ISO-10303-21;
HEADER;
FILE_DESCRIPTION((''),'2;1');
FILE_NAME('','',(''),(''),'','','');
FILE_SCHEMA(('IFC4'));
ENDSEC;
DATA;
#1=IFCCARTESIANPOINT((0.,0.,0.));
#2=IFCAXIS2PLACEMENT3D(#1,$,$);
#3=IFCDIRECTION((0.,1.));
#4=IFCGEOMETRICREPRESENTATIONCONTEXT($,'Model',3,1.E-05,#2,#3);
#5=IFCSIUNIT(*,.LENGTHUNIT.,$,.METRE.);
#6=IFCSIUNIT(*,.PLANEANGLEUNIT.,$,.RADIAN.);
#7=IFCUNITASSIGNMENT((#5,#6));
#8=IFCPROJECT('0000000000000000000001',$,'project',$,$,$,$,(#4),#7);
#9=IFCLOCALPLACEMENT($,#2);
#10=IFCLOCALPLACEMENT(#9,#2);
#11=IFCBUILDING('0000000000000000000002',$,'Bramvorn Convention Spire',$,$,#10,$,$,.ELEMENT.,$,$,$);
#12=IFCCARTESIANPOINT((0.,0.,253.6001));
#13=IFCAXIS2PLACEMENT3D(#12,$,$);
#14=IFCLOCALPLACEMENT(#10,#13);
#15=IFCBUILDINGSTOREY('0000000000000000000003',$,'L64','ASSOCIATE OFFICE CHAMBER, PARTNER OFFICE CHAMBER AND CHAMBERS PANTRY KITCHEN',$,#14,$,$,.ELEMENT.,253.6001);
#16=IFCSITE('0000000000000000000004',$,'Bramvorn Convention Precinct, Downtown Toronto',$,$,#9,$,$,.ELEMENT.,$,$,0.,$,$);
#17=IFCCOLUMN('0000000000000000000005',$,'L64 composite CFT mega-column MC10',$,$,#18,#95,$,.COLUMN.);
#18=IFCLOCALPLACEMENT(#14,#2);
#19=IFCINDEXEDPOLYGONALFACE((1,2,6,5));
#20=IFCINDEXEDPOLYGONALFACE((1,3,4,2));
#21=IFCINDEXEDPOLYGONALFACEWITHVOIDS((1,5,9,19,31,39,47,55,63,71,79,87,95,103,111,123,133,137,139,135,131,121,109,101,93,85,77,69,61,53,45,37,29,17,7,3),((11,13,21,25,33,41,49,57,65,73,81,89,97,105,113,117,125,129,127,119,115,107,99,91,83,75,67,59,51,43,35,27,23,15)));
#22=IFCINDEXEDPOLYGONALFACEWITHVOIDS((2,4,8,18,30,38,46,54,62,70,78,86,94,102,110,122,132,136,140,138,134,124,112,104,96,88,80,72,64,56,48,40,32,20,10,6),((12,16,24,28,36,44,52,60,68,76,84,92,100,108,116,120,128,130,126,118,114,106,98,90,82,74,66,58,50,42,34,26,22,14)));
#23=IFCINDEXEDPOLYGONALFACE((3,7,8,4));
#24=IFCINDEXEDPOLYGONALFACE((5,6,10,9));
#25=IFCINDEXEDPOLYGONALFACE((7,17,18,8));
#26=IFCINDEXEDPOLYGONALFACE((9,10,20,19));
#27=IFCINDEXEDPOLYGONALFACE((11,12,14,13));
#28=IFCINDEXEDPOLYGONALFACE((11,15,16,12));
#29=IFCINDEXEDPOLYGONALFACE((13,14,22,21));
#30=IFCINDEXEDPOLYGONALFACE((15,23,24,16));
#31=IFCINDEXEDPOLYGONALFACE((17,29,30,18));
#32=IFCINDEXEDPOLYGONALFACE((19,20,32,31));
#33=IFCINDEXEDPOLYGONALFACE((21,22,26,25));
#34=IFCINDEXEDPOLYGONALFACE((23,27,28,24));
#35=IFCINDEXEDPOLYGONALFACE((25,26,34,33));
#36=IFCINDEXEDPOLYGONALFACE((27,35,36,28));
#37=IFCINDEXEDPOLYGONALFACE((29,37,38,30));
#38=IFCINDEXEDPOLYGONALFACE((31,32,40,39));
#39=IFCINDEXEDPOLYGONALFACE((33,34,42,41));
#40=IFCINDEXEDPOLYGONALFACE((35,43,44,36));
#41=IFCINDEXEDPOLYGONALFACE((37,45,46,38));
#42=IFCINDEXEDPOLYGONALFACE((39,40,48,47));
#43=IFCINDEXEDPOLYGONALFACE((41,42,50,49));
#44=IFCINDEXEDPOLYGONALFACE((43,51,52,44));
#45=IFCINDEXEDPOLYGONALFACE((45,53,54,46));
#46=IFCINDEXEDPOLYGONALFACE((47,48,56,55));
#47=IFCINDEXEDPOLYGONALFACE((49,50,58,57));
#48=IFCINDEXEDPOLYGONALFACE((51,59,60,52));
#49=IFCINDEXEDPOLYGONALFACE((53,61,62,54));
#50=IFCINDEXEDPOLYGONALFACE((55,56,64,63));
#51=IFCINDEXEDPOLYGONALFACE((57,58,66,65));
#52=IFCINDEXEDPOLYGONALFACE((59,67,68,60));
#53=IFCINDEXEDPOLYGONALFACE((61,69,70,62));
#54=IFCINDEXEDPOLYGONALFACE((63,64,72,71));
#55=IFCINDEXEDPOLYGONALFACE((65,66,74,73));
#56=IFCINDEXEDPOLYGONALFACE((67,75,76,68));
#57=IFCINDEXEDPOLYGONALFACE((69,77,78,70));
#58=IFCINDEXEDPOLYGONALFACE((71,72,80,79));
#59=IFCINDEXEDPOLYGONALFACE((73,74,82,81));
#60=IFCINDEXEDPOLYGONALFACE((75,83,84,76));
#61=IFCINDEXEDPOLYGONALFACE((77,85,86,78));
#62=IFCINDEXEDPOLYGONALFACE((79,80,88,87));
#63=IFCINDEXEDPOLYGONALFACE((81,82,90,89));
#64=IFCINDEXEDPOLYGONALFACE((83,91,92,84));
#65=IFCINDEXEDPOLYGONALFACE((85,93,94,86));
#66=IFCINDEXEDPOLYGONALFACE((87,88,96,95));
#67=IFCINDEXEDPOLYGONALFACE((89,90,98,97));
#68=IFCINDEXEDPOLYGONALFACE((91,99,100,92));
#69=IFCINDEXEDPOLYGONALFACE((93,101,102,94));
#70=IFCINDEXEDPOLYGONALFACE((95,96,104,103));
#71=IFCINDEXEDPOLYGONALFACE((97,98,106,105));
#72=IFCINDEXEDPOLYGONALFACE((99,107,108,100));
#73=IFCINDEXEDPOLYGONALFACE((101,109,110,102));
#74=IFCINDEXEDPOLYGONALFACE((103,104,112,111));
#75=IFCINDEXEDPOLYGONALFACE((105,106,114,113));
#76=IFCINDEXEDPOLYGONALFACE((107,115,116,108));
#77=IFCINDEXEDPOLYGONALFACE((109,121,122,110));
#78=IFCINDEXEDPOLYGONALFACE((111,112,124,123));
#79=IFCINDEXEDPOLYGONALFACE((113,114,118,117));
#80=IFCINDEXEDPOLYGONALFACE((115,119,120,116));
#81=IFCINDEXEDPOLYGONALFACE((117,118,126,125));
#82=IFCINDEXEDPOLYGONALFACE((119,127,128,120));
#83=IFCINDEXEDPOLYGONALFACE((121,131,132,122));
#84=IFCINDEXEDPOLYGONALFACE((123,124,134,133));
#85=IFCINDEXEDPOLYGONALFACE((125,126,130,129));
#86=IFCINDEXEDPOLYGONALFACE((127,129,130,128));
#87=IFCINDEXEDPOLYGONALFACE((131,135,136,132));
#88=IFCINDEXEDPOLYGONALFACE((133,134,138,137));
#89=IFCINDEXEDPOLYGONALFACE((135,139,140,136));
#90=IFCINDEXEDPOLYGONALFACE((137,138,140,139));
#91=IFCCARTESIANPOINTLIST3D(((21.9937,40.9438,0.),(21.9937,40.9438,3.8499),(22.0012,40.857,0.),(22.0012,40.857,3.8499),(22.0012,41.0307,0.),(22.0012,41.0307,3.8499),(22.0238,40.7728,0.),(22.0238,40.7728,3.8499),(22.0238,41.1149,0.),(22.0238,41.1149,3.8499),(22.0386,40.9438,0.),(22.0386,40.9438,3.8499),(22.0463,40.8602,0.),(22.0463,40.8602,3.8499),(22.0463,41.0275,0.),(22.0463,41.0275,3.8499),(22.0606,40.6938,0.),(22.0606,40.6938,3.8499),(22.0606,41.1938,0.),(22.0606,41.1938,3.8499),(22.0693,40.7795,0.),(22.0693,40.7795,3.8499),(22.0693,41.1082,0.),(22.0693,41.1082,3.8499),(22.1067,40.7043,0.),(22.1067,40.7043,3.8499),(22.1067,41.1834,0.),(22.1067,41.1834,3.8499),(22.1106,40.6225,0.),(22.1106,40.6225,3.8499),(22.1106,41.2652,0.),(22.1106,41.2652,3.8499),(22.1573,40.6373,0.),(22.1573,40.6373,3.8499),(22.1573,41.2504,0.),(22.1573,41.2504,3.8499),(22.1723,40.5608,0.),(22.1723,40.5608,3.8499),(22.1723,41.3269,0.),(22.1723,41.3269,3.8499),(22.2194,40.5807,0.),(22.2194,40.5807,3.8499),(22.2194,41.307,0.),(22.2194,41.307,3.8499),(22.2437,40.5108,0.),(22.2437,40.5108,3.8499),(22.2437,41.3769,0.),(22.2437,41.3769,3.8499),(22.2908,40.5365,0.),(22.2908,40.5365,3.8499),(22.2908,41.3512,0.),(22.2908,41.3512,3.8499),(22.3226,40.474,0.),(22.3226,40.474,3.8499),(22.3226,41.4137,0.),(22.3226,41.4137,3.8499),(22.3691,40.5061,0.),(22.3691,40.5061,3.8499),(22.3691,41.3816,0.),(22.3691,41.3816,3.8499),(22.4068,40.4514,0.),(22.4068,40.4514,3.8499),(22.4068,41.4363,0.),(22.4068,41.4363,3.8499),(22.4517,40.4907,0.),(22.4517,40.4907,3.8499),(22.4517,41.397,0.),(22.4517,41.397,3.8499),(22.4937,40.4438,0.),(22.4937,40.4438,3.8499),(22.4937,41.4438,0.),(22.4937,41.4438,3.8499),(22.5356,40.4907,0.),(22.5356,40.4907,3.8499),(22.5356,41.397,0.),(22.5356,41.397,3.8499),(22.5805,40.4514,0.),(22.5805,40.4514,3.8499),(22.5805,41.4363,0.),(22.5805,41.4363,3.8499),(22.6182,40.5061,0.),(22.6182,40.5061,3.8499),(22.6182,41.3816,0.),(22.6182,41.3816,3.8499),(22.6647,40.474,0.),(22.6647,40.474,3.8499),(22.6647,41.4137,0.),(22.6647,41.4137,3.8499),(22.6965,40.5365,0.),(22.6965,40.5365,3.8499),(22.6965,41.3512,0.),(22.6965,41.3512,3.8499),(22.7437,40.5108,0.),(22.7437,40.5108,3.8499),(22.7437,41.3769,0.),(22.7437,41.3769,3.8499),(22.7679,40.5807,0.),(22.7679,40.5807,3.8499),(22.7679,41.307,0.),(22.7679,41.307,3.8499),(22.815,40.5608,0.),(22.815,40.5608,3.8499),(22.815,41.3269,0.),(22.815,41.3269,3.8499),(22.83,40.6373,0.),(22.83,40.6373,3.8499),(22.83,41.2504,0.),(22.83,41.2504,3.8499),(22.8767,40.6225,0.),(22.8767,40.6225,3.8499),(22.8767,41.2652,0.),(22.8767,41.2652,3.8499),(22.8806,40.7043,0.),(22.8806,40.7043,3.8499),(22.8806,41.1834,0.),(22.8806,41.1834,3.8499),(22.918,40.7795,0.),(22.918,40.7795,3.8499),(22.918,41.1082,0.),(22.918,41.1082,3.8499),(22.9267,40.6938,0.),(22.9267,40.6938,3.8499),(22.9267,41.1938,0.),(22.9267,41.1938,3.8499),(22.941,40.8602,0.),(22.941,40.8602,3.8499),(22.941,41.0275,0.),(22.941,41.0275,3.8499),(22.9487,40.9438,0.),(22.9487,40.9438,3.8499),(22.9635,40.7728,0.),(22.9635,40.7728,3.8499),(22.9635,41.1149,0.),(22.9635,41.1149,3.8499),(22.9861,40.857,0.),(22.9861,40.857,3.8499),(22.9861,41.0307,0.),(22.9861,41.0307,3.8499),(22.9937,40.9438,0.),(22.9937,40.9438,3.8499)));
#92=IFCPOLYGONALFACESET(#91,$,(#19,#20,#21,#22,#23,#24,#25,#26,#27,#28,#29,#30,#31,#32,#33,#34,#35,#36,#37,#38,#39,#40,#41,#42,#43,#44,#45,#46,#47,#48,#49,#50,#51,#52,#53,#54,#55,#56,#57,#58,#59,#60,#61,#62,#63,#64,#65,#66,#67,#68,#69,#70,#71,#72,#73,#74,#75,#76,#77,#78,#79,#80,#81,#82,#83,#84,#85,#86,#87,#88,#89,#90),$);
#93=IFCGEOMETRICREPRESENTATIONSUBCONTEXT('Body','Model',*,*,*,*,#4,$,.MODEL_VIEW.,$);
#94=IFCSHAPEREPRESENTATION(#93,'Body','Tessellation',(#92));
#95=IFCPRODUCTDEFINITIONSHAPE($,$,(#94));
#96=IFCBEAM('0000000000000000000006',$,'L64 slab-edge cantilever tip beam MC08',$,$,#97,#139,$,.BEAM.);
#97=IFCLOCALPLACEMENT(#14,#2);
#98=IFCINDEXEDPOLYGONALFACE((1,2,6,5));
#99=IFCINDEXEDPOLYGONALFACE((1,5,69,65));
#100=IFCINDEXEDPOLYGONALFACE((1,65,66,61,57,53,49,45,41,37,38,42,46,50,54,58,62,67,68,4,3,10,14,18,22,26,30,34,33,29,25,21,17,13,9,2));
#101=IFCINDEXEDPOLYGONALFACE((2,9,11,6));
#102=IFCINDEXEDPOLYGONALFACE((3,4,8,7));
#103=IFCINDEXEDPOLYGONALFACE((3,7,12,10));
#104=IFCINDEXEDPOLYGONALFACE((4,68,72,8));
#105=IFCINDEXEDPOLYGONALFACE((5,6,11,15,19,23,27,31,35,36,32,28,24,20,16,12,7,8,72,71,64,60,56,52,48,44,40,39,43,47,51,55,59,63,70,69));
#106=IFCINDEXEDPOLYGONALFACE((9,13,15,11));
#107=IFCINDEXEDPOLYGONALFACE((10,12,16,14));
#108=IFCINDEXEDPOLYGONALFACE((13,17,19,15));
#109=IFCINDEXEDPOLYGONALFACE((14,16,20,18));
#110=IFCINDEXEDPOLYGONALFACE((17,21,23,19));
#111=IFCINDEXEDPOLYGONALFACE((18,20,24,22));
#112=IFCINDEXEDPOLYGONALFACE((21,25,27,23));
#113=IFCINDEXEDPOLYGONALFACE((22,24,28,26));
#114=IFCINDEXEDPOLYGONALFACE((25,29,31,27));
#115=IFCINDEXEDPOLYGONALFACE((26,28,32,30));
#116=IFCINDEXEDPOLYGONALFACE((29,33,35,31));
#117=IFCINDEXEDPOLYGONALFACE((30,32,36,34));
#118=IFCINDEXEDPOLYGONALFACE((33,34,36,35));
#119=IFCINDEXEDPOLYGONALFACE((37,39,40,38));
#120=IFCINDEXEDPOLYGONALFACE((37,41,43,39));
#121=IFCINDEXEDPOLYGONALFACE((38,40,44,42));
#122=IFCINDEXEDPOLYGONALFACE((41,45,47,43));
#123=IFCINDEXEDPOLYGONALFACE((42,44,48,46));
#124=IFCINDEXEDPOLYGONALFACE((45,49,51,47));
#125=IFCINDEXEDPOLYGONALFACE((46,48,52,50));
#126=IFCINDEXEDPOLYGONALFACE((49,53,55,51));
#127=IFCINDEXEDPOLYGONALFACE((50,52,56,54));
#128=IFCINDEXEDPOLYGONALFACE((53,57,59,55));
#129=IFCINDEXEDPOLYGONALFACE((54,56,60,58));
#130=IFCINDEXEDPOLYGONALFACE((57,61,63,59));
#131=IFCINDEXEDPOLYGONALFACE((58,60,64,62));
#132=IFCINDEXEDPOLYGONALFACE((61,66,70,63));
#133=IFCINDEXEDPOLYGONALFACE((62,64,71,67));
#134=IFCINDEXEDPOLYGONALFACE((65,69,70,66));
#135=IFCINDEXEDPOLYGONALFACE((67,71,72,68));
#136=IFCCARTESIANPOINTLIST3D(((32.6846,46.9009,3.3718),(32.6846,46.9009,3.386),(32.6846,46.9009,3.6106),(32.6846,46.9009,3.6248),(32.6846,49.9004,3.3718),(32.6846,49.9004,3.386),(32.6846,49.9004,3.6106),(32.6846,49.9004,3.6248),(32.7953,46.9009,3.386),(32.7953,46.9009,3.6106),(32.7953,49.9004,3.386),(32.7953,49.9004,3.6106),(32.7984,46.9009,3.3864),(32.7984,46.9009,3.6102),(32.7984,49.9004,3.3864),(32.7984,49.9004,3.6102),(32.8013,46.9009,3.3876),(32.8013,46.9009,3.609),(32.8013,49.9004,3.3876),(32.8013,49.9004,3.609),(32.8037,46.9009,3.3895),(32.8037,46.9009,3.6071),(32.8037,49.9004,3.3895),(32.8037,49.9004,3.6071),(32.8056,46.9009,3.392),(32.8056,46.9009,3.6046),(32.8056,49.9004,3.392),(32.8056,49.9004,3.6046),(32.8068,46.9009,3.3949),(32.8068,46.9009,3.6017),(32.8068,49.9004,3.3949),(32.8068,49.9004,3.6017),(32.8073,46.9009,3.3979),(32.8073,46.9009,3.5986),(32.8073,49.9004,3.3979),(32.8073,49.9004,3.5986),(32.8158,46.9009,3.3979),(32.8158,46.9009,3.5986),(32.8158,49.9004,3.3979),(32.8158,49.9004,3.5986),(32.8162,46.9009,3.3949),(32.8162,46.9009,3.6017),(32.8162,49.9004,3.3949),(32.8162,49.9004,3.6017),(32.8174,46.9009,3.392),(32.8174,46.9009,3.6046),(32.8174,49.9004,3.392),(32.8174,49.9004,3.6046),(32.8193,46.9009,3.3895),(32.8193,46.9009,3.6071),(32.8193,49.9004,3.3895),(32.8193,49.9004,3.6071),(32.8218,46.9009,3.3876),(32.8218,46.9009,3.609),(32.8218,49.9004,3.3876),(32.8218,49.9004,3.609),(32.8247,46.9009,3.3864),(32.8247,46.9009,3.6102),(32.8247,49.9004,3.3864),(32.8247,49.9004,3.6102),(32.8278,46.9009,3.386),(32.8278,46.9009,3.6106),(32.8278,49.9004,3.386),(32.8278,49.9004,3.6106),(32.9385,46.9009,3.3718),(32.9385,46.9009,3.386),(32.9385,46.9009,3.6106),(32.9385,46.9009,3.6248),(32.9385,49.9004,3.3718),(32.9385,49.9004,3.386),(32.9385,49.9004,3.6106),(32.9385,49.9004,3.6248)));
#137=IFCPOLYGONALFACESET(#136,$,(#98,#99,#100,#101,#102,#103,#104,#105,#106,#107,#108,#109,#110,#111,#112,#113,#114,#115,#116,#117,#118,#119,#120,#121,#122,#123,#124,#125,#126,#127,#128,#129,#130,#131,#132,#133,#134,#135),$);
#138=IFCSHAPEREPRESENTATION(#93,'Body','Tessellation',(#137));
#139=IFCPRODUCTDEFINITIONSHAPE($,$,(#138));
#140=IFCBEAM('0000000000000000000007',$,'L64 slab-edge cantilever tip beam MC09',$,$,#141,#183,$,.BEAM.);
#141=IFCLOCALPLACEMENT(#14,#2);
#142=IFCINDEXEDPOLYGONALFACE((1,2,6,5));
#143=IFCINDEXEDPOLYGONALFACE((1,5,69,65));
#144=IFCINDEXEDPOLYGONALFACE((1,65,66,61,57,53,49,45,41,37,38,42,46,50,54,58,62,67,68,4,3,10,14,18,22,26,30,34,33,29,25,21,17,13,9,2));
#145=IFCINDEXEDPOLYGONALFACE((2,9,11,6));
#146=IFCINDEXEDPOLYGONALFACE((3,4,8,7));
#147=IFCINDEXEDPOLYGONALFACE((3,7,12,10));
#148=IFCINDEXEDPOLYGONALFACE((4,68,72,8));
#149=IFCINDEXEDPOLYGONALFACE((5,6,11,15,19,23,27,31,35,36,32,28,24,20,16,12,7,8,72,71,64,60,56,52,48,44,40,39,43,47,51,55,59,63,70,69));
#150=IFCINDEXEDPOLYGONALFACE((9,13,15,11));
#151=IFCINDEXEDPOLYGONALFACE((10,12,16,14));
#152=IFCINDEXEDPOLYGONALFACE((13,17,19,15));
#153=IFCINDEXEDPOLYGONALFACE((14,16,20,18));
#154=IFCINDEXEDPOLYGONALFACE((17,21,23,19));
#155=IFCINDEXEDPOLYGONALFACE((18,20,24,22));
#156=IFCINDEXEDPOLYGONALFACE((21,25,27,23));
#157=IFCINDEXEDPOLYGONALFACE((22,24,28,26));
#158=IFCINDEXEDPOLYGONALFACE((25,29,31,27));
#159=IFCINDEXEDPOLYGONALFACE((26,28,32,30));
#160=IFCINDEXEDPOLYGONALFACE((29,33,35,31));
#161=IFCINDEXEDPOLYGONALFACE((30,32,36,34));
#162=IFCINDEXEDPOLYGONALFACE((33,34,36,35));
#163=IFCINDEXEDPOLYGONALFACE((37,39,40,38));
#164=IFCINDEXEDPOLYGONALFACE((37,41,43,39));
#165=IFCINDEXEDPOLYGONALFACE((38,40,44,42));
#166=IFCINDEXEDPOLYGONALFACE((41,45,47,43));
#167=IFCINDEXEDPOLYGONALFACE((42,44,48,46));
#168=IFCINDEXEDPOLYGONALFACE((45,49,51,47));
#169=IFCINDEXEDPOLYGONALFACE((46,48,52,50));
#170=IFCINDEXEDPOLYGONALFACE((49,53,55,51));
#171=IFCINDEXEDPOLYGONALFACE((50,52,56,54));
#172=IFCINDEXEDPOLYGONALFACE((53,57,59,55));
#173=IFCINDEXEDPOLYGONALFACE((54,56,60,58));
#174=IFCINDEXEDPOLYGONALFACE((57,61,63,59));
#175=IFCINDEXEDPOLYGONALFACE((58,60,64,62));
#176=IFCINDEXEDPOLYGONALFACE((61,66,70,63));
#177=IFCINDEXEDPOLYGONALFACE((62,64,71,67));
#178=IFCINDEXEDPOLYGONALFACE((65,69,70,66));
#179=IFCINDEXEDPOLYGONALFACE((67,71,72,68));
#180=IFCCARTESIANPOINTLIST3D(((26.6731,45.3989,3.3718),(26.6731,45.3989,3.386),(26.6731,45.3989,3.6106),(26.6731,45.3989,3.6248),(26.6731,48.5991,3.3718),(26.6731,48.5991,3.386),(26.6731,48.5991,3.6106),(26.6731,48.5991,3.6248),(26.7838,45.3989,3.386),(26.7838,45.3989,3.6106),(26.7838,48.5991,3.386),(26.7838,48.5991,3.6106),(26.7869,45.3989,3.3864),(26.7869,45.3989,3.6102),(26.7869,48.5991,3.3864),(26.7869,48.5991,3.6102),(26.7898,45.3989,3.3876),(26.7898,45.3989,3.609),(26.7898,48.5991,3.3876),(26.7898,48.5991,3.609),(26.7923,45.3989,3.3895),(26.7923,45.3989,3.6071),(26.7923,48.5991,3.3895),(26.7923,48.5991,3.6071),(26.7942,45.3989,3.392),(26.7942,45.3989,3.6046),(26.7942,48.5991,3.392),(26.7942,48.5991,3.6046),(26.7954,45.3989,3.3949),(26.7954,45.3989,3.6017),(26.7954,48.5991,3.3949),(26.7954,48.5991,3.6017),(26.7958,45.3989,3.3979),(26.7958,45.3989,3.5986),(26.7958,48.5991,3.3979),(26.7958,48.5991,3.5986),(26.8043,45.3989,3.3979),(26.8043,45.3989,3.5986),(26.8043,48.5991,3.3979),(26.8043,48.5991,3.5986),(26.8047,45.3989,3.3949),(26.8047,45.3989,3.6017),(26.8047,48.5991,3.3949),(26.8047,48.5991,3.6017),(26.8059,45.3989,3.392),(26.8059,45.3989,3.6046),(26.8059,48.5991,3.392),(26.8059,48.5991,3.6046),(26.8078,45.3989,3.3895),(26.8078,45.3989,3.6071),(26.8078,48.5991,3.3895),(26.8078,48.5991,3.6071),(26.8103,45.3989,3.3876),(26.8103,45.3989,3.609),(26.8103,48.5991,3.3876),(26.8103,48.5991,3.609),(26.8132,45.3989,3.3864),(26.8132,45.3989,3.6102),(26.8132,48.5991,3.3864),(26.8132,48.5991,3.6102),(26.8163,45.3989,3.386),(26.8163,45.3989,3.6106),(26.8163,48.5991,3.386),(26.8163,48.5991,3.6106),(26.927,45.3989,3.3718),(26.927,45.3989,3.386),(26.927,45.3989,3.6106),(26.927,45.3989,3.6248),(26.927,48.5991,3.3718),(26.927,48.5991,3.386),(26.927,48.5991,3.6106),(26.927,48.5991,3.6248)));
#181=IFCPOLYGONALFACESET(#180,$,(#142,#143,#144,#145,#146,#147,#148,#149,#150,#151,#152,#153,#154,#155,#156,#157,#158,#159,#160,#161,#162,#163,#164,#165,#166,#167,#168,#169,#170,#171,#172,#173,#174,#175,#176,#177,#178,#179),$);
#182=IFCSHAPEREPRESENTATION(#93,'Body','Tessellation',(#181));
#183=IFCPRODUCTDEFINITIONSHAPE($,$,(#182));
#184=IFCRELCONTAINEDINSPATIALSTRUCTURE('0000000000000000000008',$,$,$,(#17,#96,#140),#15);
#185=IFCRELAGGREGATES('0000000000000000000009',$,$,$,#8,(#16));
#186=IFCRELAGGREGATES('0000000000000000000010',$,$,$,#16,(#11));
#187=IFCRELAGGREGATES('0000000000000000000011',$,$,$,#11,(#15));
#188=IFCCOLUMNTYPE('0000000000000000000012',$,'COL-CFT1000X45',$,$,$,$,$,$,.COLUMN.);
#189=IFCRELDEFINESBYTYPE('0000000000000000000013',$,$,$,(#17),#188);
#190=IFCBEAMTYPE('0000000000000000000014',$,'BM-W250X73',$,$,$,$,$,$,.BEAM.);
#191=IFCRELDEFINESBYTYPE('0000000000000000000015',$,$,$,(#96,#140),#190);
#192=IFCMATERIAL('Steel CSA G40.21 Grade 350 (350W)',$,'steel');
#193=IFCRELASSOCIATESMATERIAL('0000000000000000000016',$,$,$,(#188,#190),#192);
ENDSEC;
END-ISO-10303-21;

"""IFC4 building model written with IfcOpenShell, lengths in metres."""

from ifc_helpers import new_model, si_unit, direction, frame, origin, origin_2d, place, context, subcontext, project, spatial, hollow_circle, i_section, extrude, material, material_profile, profile_set, type_object, element, save


model = new_model("IFC4")

# Units and contexts
model_context = context("Model", 3, precision=1e-05, world=origin(), true_north=direction((0.0, 1.0)))
body_context = subcontext(model_context, "Body", "Model", "MODEL_VIEW")
ifc_project = project(units=[si_unit("LENGTHUNIT", "METRE"), si_unit("PLANEANGLEUNIT", "RADIAN")], contexts=[model_context])

# Site, building, storey
site_placement = place(None, origin())
site = spatial("IfcSite", under=ifc_project, at=site_placement, Name="Bramvorn Convention Precinct, Downtown Toronto", CompositionType="ELEMENT", RefElevation=0.0)
building_placement = place(site_placement, origin())
building = spatial("IfcBuilding", under=site, at=building_placement, Name="Bramvorn Convention Spire", CompositionType="ELEMENT")
storey_placement = place(building_placement, frame((0.0, 0.0, 253.6001)))
storey = spatial("IfcBuildingStorey", under=building, at=storey_placement, Name="L64", Description="ASSOCIATE OFFICE CHAMBER, PARTNER OFFICE CHAMBER AND CHAMBERS PANTRY KITCHEN", CompositionType="ELEMENT", Elevation=253.6001)

# Column
ifc_material_1 = material(Name="Steel CSA G40.21 Grade 350 (350W)", Category="steel")
ifc_material_profile_1 = material_profile(ifc_material_1, hollow_circle(Radius=0.5, WallThickness=0.0449, at=origin_2d()))
ifc_profile_set_1 = profile_set([ifc_material_profile_1], Name="Steel CSA G40.21 Grade 350 (350W) - CFT1000X45")
column_type = type_object("IfcColumnType", Name="COL-CFT1000X45", PredefinedType="COLUMN", material=ifc_profile_set_1)
for number, where, z_axis, x_axis, name in (
    (1, (22.4937, 40.9438, 0.0), (0.0, 0.0, 1.0), (1.0, 0.0, 0.0), "L64 composite CFT mega-column MC10"),
):
    element("IfcColumn", number, at=place(storey_placement, frame(where, z_axis=z_axis, x_axis=x_axis)), inside=storey, type_object=column_type, Name=name, PredefinedType="COLUMN", context=body_context, shape_type="SweptSolid", body=[
        extrude(hollow_circle(Radius=0.5, WallThickness=0.0449, at=origin_2d()), origin(), (0.0, 0.0, 1.0), 3.8499),
    ])

# Beams
ifc_material_profile_2 = material_profile(ifc_material_1, i_section(OverallWidth=0.2539, OverallDepth=0.2529, WebThickness=0.0085, FlangeThickness=0.0142, FilletRadius=0.012, at=origin_2d()))
ifc_profile_set_2 = profile_set([ifc_material_profile_2], Name="Steel CSA G40.21 Grade 350 (350W) - W250X73")
beam_type_1 = type_object("IfcBeamType", Name="BM-W250X73", PredefinedType="BEAM", material=ifc_profile_set_2)
beam_1_placement = place(storey_placement, frame((32.8115, 46.9009, 3.4983), z_axis=(0.0, 1.0, 0.0), x_axis=(-1.0, 0.0, 0.0)))
element("IfcBeam", 2, at=beam_1_placement, inside=storey, type_object=beam_type_1, Name="L64 slab-edge cantilever tip beam MC08", PredefinedType="BEAM", context=body_context, shape_type="SweptSolid", body=[
    extrude(i_section(OverallWidth=0.2539, OverallDepth=0.2529, WebThickness=0.0085, FlangeThickness=0.0142, FilletRadius=0.012, at=origin_2d()), origin(), (0.0, 0.0, 1.0), 2.9995),
])
beam_2_placement = place(storey_placement, frame((26.8, 45.3989, 3.4983), z_axis=(0.0, 1.0, 0.0), x_axis=(-1.0, 0.0, 0.0)))
element("IfcBeam", 3, at=beam_2_placement, inside=storey, type_object=beam_type_1, Name="L64 slab-edge cantilever tip beam MC09", PredefinedType="BEAM", context=body_context, shape_type="SweptSolid", body=[
    extrude(i_section(OverallWidth=0.2539, OverallDepth=0.2529, WebThickness=0.0085, FlangeThickness=0.0142, FilletRadius=0.012, at=origin_2d()), origin(), (0.0, 0.0, 1.0), 3.2002),
])

save(model, "model.ifc")
